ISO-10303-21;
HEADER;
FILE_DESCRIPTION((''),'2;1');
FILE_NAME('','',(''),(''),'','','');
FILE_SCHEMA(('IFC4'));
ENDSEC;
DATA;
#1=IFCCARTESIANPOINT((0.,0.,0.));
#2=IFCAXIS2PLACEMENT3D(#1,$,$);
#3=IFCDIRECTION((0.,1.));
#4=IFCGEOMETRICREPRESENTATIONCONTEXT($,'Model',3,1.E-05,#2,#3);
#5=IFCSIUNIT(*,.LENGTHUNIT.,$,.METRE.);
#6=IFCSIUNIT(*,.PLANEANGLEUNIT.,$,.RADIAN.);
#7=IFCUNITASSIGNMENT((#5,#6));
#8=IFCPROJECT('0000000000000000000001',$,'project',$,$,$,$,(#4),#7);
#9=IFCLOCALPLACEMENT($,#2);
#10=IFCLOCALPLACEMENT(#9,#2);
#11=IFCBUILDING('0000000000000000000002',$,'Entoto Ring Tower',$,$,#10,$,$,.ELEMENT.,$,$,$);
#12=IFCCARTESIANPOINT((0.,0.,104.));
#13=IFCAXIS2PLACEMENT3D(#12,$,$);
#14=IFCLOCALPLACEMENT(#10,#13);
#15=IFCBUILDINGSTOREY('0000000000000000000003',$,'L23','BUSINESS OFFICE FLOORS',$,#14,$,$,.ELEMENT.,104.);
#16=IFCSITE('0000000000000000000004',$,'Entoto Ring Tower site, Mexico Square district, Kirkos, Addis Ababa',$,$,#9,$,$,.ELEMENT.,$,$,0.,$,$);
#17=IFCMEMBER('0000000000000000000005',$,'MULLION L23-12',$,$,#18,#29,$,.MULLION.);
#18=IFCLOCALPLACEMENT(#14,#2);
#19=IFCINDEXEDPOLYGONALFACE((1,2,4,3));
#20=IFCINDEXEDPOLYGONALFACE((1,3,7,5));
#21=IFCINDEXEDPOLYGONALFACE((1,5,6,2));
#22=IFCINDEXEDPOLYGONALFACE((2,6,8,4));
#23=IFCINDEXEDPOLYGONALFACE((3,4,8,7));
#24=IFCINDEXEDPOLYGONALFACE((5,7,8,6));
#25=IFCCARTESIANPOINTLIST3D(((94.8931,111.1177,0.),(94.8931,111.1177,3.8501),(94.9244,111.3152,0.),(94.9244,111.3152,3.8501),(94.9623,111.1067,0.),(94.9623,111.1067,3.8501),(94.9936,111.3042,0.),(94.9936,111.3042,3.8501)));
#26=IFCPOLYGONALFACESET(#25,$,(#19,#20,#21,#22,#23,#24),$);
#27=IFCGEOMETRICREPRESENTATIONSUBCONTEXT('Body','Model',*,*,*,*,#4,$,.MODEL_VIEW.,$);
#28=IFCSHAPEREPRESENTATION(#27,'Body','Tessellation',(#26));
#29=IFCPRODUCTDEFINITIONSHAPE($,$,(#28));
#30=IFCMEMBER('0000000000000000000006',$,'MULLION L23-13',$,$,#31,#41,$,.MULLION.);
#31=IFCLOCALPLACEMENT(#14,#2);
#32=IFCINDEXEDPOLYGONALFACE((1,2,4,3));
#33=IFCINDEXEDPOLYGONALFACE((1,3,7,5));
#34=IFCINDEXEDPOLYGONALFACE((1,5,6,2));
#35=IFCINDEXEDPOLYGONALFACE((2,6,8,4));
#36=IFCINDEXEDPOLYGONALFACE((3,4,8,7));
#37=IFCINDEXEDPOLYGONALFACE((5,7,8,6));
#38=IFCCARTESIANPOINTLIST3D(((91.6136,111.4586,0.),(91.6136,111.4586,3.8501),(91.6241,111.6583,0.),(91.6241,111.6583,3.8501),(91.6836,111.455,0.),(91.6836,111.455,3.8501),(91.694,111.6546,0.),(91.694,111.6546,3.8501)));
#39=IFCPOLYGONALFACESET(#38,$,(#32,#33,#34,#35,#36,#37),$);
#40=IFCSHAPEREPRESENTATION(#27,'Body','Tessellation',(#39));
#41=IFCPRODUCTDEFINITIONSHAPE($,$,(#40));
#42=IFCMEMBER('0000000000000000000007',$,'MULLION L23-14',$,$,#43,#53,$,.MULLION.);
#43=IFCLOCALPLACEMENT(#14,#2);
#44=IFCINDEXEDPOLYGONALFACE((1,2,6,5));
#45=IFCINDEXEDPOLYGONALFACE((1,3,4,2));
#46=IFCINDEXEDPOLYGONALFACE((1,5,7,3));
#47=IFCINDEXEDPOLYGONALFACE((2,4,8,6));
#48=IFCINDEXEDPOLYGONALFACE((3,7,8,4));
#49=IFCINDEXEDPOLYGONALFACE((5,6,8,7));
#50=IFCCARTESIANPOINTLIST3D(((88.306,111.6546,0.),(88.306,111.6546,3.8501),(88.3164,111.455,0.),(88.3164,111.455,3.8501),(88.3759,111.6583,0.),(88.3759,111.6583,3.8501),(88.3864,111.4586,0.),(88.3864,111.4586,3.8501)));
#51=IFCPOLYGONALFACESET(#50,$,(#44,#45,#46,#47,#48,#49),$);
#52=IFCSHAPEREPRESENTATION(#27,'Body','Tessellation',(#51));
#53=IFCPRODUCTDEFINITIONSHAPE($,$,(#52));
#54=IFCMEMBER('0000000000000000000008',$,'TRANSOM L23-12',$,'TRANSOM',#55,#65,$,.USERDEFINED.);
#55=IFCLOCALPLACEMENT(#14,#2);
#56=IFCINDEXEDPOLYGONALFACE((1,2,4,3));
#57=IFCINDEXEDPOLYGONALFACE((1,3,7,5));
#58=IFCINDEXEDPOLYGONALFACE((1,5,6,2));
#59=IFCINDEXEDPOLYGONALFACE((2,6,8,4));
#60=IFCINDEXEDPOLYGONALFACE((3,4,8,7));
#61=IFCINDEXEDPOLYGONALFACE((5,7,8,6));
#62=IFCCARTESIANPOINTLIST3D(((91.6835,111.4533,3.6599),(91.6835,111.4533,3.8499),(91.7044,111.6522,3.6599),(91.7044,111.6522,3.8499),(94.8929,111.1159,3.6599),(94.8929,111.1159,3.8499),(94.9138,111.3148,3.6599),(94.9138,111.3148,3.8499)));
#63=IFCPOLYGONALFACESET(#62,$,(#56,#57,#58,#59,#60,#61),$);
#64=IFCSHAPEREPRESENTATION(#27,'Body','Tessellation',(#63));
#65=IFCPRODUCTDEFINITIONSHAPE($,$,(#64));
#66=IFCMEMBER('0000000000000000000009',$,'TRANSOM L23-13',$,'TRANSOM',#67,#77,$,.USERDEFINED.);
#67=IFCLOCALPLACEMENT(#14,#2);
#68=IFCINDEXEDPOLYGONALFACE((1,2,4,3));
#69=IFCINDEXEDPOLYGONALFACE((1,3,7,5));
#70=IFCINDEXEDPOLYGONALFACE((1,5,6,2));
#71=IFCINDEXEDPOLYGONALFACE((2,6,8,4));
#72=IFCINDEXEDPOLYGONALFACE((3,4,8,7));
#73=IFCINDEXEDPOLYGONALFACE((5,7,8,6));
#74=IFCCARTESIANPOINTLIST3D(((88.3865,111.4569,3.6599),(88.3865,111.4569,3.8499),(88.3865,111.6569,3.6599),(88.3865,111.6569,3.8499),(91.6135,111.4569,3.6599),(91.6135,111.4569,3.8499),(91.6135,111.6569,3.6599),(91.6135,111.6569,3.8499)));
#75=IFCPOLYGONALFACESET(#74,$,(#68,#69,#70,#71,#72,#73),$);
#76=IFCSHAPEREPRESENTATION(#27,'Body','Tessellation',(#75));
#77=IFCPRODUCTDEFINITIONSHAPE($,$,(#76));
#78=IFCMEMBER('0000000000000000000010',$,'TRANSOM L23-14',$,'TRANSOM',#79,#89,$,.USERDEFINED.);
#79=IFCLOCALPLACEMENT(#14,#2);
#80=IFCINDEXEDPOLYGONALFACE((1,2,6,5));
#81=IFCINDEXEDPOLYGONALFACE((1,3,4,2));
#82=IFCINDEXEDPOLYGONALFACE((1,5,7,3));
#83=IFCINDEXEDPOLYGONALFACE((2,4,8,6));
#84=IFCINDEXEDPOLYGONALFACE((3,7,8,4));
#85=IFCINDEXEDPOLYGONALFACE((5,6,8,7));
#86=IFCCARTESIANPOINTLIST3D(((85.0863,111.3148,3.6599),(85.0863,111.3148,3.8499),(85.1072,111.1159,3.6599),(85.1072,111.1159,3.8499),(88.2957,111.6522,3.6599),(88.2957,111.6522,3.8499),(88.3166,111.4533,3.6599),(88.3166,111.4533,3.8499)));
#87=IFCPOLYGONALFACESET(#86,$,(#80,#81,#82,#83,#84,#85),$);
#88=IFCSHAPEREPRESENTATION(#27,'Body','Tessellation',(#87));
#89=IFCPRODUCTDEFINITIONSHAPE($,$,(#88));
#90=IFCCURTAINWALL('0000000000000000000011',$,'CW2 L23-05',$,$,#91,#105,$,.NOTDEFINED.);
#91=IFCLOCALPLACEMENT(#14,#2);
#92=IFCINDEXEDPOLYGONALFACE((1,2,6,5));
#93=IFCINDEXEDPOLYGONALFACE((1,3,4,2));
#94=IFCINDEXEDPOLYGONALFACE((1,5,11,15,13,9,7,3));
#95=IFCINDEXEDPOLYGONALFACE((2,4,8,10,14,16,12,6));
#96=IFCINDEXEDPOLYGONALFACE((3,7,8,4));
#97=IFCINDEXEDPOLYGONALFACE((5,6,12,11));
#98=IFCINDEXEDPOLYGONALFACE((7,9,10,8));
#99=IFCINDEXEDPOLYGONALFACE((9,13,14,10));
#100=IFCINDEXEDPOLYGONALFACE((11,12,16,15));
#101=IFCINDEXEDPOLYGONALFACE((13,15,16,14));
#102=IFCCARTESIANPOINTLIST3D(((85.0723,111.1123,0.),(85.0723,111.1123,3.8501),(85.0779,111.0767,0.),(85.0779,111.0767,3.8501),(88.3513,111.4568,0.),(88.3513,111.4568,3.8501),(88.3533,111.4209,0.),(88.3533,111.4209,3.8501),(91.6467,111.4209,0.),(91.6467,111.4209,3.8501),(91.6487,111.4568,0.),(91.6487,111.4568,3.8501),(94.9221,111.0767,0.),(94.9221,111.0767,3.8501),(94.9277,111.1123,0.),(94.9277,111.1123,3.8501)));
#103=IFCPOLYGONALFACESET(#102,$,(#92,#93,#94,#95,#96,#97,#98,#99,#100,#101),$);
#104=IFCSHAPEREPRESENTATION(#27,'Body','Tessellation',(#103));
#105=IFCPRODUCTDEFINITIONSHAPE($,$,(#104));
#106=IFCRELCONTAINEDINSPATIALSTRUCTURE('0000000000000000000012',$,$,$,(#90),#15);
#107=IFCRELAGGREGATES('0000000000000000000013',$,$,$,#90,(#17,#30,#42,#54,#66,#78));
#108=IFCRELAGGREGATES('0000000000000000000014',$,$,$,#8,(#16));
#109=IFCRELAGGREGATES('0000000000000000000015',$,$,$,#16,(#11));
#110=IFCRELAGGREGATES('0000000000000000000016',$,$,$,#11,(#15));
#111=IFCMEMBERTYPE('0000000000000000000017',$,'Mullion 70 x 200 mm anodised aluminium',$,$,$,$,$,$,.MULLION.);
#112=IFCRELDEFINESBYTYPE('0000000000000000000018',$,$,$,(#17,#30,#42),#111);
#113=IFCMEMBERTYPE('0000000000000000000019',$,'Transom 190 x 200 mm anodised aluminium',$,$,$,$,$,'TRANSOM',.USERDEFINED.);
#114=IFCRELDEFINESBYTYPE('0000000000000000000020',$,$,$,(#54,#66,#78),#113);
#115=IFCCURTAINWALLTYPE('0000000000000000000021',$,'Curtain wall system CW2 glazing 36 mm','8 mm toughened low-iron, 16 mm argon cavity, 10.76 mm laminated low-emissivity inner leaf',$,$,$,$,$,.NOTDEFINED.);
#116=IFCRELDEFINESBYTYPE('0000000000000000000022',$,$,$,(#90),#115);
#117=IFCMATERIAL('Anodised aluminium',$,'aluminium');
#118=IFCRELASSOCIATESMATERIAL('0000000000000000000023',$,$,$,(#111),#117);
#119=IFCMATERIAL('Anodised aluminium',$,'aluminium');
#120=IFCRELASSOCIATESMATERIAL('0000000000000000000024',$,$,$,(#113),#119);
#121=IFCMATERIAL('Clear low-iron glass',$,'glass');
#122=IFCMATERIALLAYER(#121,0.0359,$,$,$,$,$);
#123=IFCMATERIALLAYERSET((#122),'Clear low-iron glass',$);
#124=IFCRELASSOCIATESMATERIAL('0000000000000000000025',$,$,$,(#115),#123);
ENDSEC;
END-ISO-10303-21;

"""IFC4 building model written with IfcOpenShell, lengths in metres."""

from ifc_helpers import new_model, si_unit, direction, frame, origin, origin_2d, place, context, subcontext, project, spatial, polyline, rectangle, outline, extrude, material, layer, layer_set, material_profile, profile_set, type_object, element, aggregate, save


model = new_model("IFC4")

# Units and contexts
model_context = context("Model", 3, precision=1e-05, world=origin(), true_north=direction((0.0, 1.0)))
body_context = subcontext(model_context, "Body", "Model", "MODEL_VIEW")
ifc_project = project(units=[si_unit("LENGTHUNIT", "METRE"), si_unit("PLANEANGLEUNIT", "RADIAN")], contexts=[model_context])

# Members
ifc_material_1 = material(Name="Anodised aluminium", Category="aluminium")
ifc_material_profile_1 = material_profile(ifc_material_1, rectangle(XDim=0.0701, YDim=0.2, at=origin_2d()), Name="Mullion 70 x 200 mm anodised aluminium")
ifc_profile_set_1 = profile_set([ifc_material_profile_1], Name="Anodised aluminium")
member_type_1 = type_object("IfcMemberType", Name="Mullion 70 x 200 mm anodised aluminium", PredefinedType="MULLION", material=ifc_profile_set_1)
site_placement = place(None, origin())
building_placement = place(site_placement, origin())
storey_placement = place(building_placement, frame((0.0, 0.0, 104.0)))
member_1_placement = place(storey_placement, frame((94.9434, 111.2109, 0.0), z_axis=(0.0, 0.0, 1.0), x_axis=(-0.987688, 0.156434, 0.0)))
member_1 = element("IfcMember", 1, at=member_1_placement, type_object=member_type_1, Name="MULLION L23-12", PredefinedType="MULLION", context=body_context, shape_type="SweptSolid", body=[
    extrude(rectangle(XDim=0.0701, YDim=0.2, at=origin_2d()), origin(), (0.0, 0.0, 1.0), 3.8501),
])
member_2_placement = place(storey_placement, frame((91.6538, 111.5566, 0.0), z_axis=(0.0, 0.0, 1.0), x_axis=(-0.99863, 0.052336, 0.0)))
member_2 = element("IfcMember", 2, at=member_2_placement, type_object=member_type_1, Name="MULLION L23-13", PredefinedType="MULLION", context=body_context, shape_type="SweptSolid", body=[
    extrude(rectangle(XDim=0.0701, YDim=0.2, at=origin_2d()), origin(), (0.0, 0.0, 1.0), 3.8501),
])
member_3_placement = place(storey_placement, frame((88.3462, 111.5566, 0.0), z_axis=(0.0, 0.0, 1.0), x_axis=(-0.99863, -0.052336, 0.0)))
member_3 = element("IfcMember", 3, at=member_3_placement, type_object=member_type_1, Name="MULLION L23-14", PredefinedType="MULLION", context=body_context, shape_type="SweptSolid", body=[
    extrude(rectangle(XDim=0.0701, YDim=0.2, at=origin_2d()), origin(), (0.0, 0.0, 1.0), 3.8501),
])
ifc_material_2 = material(Name="Anodised aluminium", Category="aluminium")
ifc_material_profile_2 = material_profile(ifc_material_2, rectangle(XDim=0.2, YDim=0.1899, at=origin_2d()), Name="Transom 190 x 200 mm anodised aluminium")
ifc_profile_set_2 = profile_set([ifc_material_profile_2], Name="Anodised aluminium")
member_type_2 = type_object("IfcMemberType", Name="Transom 190 x 200 mm anodised aluminium", ElementType="TRANSOM", PredefinedType="USERDEFINED", material=ifc_profile_set_2)
member_4_placement = place(storey_placement, frame((94.9033, 111.2153, 3.7549), z_axis=(-0.99452, 0.104551, 0.0), x_axis=(-0.104551, -0.99452, 0.0)))
member_4 = element("IfcMember", 4, at=member_4_placement, type_object=member_type_2, Name="TRANSOM L23-12", ObjectType="TRANSOM", PredefinedType="USERDEFINED", context=body_context, shape_type="SweptSolid", body=[
    extrude(rectangle(XDim=0.2, YDim=0.1899, at=origin_2d()), origin(), (0.0, 0.0, 1.0), 3.2271),
])
member_5_placement = place(storey_placement, frame((91.6135, 111.5569, 3.7549), z_axis=(-1.0, 0.0, 0.0), x_axis=(0.0, -1.0, 0.0)))
member_5 = element("IfcMember", 5, at=member_5_placement, type_object=member_type_2, Name="TRANSOM L23-13", ObjectType="TRANSOM", PredefinedType="USERDEFINED", context=body_context, shape_type="SweptSolid", body=[
    extrude(rectangle(XDim=0.2, YDim=0.1899, at=origin_2d()), origin(), (0.0, 0.0, 1.0), 3.2271),
])
member_6_placement = place(storey_placement, frame((88.3062, 111.5527, 3.7549), z_axis=(-0.99452, -0.104551, 0.0), x_axis=(0.104551, -0.99452, 0.0)))
member_6 = element("IfcMember", 6, at=member_6_placement, type_object=member_type_2, Name="TRANSOM L23-14", ObjectType="TRANSOM", PredefinedType="USERDEFINED", context=body_context, shape_type="SweptSolid", body=[
    extrude(rectangle(XDim=0.2, YDim=0.1899, at=origin_2d()), origin(), (0.0, 0.0, 1.0), 3.2271),
])

# Site, building, storey
site = spatial("IfcSite", under=ifc_project, at=site_placement, Name="Entoto Ring Tower site, Mexico Square district, Kirkos, Addis Ababa", CompositionType="ELEMENT", RefElevation=0.0)
building = spatial("IfcBuilding", under=site, at=building_placement, Name="Entoto Ring Tower", CompositionType="ELEMENT")
storey = spatial("IfcBuildingStorey", under=building, at=storey_placement, Name="L23", Description="BUSINESS OFFICE FLOORS", CompositionType="ELEMENT", Elevation=104.0)

# Curtain wall
ifc_material_3 = material(Name="Clear low-iron glass", Category="glass")
ifc_layer = layer(ifc_material_3, 0.0359)
ifc_layer_set = layer_set([ifc_layer], Name="Clear low-iron glass")
curtain_wall_type = type_object("IfcCurtainWallType", Name="Curtain wall system CW2 glazing 36 mm", Description="8 mm toughened low-iron, 16 mm argon cavity, 10.76 mm laminated low-emissivity inner leaf", PredefinedType="NOTDEFINED", material=ifc_layer_set)
curtain_wall_1_placement = place(storey_placement, origin())
curtain_wall_1 = element("IfcCurtainWall", 7, at=curtain_wall_1_placement, inside=storey, type_object=curtain_wall_type, Name="CW2 L23-05", PredefinedType="NOTDEFINED", context=body_context, shape_type="SweptSolid", body=[
    extrude(outline(polyline([(94.9277, 111.1123), (91.6487, 111.4568), (88.3513, 111.4568), (85.0723, 111.1123), (85.0779, 111.0767), (88.3533, 111.4209), (91.6467, 111.4209), (94.9221, 111.0767), (94.9277, 111.1123)])), origin(), (0.0, 0.0, 1.0), 3.8501),
])
aggregate(curtain_wall_1, [member_1, member_2, member_3, member_4, member_5, member_6])

save(model, "model.ifc")
